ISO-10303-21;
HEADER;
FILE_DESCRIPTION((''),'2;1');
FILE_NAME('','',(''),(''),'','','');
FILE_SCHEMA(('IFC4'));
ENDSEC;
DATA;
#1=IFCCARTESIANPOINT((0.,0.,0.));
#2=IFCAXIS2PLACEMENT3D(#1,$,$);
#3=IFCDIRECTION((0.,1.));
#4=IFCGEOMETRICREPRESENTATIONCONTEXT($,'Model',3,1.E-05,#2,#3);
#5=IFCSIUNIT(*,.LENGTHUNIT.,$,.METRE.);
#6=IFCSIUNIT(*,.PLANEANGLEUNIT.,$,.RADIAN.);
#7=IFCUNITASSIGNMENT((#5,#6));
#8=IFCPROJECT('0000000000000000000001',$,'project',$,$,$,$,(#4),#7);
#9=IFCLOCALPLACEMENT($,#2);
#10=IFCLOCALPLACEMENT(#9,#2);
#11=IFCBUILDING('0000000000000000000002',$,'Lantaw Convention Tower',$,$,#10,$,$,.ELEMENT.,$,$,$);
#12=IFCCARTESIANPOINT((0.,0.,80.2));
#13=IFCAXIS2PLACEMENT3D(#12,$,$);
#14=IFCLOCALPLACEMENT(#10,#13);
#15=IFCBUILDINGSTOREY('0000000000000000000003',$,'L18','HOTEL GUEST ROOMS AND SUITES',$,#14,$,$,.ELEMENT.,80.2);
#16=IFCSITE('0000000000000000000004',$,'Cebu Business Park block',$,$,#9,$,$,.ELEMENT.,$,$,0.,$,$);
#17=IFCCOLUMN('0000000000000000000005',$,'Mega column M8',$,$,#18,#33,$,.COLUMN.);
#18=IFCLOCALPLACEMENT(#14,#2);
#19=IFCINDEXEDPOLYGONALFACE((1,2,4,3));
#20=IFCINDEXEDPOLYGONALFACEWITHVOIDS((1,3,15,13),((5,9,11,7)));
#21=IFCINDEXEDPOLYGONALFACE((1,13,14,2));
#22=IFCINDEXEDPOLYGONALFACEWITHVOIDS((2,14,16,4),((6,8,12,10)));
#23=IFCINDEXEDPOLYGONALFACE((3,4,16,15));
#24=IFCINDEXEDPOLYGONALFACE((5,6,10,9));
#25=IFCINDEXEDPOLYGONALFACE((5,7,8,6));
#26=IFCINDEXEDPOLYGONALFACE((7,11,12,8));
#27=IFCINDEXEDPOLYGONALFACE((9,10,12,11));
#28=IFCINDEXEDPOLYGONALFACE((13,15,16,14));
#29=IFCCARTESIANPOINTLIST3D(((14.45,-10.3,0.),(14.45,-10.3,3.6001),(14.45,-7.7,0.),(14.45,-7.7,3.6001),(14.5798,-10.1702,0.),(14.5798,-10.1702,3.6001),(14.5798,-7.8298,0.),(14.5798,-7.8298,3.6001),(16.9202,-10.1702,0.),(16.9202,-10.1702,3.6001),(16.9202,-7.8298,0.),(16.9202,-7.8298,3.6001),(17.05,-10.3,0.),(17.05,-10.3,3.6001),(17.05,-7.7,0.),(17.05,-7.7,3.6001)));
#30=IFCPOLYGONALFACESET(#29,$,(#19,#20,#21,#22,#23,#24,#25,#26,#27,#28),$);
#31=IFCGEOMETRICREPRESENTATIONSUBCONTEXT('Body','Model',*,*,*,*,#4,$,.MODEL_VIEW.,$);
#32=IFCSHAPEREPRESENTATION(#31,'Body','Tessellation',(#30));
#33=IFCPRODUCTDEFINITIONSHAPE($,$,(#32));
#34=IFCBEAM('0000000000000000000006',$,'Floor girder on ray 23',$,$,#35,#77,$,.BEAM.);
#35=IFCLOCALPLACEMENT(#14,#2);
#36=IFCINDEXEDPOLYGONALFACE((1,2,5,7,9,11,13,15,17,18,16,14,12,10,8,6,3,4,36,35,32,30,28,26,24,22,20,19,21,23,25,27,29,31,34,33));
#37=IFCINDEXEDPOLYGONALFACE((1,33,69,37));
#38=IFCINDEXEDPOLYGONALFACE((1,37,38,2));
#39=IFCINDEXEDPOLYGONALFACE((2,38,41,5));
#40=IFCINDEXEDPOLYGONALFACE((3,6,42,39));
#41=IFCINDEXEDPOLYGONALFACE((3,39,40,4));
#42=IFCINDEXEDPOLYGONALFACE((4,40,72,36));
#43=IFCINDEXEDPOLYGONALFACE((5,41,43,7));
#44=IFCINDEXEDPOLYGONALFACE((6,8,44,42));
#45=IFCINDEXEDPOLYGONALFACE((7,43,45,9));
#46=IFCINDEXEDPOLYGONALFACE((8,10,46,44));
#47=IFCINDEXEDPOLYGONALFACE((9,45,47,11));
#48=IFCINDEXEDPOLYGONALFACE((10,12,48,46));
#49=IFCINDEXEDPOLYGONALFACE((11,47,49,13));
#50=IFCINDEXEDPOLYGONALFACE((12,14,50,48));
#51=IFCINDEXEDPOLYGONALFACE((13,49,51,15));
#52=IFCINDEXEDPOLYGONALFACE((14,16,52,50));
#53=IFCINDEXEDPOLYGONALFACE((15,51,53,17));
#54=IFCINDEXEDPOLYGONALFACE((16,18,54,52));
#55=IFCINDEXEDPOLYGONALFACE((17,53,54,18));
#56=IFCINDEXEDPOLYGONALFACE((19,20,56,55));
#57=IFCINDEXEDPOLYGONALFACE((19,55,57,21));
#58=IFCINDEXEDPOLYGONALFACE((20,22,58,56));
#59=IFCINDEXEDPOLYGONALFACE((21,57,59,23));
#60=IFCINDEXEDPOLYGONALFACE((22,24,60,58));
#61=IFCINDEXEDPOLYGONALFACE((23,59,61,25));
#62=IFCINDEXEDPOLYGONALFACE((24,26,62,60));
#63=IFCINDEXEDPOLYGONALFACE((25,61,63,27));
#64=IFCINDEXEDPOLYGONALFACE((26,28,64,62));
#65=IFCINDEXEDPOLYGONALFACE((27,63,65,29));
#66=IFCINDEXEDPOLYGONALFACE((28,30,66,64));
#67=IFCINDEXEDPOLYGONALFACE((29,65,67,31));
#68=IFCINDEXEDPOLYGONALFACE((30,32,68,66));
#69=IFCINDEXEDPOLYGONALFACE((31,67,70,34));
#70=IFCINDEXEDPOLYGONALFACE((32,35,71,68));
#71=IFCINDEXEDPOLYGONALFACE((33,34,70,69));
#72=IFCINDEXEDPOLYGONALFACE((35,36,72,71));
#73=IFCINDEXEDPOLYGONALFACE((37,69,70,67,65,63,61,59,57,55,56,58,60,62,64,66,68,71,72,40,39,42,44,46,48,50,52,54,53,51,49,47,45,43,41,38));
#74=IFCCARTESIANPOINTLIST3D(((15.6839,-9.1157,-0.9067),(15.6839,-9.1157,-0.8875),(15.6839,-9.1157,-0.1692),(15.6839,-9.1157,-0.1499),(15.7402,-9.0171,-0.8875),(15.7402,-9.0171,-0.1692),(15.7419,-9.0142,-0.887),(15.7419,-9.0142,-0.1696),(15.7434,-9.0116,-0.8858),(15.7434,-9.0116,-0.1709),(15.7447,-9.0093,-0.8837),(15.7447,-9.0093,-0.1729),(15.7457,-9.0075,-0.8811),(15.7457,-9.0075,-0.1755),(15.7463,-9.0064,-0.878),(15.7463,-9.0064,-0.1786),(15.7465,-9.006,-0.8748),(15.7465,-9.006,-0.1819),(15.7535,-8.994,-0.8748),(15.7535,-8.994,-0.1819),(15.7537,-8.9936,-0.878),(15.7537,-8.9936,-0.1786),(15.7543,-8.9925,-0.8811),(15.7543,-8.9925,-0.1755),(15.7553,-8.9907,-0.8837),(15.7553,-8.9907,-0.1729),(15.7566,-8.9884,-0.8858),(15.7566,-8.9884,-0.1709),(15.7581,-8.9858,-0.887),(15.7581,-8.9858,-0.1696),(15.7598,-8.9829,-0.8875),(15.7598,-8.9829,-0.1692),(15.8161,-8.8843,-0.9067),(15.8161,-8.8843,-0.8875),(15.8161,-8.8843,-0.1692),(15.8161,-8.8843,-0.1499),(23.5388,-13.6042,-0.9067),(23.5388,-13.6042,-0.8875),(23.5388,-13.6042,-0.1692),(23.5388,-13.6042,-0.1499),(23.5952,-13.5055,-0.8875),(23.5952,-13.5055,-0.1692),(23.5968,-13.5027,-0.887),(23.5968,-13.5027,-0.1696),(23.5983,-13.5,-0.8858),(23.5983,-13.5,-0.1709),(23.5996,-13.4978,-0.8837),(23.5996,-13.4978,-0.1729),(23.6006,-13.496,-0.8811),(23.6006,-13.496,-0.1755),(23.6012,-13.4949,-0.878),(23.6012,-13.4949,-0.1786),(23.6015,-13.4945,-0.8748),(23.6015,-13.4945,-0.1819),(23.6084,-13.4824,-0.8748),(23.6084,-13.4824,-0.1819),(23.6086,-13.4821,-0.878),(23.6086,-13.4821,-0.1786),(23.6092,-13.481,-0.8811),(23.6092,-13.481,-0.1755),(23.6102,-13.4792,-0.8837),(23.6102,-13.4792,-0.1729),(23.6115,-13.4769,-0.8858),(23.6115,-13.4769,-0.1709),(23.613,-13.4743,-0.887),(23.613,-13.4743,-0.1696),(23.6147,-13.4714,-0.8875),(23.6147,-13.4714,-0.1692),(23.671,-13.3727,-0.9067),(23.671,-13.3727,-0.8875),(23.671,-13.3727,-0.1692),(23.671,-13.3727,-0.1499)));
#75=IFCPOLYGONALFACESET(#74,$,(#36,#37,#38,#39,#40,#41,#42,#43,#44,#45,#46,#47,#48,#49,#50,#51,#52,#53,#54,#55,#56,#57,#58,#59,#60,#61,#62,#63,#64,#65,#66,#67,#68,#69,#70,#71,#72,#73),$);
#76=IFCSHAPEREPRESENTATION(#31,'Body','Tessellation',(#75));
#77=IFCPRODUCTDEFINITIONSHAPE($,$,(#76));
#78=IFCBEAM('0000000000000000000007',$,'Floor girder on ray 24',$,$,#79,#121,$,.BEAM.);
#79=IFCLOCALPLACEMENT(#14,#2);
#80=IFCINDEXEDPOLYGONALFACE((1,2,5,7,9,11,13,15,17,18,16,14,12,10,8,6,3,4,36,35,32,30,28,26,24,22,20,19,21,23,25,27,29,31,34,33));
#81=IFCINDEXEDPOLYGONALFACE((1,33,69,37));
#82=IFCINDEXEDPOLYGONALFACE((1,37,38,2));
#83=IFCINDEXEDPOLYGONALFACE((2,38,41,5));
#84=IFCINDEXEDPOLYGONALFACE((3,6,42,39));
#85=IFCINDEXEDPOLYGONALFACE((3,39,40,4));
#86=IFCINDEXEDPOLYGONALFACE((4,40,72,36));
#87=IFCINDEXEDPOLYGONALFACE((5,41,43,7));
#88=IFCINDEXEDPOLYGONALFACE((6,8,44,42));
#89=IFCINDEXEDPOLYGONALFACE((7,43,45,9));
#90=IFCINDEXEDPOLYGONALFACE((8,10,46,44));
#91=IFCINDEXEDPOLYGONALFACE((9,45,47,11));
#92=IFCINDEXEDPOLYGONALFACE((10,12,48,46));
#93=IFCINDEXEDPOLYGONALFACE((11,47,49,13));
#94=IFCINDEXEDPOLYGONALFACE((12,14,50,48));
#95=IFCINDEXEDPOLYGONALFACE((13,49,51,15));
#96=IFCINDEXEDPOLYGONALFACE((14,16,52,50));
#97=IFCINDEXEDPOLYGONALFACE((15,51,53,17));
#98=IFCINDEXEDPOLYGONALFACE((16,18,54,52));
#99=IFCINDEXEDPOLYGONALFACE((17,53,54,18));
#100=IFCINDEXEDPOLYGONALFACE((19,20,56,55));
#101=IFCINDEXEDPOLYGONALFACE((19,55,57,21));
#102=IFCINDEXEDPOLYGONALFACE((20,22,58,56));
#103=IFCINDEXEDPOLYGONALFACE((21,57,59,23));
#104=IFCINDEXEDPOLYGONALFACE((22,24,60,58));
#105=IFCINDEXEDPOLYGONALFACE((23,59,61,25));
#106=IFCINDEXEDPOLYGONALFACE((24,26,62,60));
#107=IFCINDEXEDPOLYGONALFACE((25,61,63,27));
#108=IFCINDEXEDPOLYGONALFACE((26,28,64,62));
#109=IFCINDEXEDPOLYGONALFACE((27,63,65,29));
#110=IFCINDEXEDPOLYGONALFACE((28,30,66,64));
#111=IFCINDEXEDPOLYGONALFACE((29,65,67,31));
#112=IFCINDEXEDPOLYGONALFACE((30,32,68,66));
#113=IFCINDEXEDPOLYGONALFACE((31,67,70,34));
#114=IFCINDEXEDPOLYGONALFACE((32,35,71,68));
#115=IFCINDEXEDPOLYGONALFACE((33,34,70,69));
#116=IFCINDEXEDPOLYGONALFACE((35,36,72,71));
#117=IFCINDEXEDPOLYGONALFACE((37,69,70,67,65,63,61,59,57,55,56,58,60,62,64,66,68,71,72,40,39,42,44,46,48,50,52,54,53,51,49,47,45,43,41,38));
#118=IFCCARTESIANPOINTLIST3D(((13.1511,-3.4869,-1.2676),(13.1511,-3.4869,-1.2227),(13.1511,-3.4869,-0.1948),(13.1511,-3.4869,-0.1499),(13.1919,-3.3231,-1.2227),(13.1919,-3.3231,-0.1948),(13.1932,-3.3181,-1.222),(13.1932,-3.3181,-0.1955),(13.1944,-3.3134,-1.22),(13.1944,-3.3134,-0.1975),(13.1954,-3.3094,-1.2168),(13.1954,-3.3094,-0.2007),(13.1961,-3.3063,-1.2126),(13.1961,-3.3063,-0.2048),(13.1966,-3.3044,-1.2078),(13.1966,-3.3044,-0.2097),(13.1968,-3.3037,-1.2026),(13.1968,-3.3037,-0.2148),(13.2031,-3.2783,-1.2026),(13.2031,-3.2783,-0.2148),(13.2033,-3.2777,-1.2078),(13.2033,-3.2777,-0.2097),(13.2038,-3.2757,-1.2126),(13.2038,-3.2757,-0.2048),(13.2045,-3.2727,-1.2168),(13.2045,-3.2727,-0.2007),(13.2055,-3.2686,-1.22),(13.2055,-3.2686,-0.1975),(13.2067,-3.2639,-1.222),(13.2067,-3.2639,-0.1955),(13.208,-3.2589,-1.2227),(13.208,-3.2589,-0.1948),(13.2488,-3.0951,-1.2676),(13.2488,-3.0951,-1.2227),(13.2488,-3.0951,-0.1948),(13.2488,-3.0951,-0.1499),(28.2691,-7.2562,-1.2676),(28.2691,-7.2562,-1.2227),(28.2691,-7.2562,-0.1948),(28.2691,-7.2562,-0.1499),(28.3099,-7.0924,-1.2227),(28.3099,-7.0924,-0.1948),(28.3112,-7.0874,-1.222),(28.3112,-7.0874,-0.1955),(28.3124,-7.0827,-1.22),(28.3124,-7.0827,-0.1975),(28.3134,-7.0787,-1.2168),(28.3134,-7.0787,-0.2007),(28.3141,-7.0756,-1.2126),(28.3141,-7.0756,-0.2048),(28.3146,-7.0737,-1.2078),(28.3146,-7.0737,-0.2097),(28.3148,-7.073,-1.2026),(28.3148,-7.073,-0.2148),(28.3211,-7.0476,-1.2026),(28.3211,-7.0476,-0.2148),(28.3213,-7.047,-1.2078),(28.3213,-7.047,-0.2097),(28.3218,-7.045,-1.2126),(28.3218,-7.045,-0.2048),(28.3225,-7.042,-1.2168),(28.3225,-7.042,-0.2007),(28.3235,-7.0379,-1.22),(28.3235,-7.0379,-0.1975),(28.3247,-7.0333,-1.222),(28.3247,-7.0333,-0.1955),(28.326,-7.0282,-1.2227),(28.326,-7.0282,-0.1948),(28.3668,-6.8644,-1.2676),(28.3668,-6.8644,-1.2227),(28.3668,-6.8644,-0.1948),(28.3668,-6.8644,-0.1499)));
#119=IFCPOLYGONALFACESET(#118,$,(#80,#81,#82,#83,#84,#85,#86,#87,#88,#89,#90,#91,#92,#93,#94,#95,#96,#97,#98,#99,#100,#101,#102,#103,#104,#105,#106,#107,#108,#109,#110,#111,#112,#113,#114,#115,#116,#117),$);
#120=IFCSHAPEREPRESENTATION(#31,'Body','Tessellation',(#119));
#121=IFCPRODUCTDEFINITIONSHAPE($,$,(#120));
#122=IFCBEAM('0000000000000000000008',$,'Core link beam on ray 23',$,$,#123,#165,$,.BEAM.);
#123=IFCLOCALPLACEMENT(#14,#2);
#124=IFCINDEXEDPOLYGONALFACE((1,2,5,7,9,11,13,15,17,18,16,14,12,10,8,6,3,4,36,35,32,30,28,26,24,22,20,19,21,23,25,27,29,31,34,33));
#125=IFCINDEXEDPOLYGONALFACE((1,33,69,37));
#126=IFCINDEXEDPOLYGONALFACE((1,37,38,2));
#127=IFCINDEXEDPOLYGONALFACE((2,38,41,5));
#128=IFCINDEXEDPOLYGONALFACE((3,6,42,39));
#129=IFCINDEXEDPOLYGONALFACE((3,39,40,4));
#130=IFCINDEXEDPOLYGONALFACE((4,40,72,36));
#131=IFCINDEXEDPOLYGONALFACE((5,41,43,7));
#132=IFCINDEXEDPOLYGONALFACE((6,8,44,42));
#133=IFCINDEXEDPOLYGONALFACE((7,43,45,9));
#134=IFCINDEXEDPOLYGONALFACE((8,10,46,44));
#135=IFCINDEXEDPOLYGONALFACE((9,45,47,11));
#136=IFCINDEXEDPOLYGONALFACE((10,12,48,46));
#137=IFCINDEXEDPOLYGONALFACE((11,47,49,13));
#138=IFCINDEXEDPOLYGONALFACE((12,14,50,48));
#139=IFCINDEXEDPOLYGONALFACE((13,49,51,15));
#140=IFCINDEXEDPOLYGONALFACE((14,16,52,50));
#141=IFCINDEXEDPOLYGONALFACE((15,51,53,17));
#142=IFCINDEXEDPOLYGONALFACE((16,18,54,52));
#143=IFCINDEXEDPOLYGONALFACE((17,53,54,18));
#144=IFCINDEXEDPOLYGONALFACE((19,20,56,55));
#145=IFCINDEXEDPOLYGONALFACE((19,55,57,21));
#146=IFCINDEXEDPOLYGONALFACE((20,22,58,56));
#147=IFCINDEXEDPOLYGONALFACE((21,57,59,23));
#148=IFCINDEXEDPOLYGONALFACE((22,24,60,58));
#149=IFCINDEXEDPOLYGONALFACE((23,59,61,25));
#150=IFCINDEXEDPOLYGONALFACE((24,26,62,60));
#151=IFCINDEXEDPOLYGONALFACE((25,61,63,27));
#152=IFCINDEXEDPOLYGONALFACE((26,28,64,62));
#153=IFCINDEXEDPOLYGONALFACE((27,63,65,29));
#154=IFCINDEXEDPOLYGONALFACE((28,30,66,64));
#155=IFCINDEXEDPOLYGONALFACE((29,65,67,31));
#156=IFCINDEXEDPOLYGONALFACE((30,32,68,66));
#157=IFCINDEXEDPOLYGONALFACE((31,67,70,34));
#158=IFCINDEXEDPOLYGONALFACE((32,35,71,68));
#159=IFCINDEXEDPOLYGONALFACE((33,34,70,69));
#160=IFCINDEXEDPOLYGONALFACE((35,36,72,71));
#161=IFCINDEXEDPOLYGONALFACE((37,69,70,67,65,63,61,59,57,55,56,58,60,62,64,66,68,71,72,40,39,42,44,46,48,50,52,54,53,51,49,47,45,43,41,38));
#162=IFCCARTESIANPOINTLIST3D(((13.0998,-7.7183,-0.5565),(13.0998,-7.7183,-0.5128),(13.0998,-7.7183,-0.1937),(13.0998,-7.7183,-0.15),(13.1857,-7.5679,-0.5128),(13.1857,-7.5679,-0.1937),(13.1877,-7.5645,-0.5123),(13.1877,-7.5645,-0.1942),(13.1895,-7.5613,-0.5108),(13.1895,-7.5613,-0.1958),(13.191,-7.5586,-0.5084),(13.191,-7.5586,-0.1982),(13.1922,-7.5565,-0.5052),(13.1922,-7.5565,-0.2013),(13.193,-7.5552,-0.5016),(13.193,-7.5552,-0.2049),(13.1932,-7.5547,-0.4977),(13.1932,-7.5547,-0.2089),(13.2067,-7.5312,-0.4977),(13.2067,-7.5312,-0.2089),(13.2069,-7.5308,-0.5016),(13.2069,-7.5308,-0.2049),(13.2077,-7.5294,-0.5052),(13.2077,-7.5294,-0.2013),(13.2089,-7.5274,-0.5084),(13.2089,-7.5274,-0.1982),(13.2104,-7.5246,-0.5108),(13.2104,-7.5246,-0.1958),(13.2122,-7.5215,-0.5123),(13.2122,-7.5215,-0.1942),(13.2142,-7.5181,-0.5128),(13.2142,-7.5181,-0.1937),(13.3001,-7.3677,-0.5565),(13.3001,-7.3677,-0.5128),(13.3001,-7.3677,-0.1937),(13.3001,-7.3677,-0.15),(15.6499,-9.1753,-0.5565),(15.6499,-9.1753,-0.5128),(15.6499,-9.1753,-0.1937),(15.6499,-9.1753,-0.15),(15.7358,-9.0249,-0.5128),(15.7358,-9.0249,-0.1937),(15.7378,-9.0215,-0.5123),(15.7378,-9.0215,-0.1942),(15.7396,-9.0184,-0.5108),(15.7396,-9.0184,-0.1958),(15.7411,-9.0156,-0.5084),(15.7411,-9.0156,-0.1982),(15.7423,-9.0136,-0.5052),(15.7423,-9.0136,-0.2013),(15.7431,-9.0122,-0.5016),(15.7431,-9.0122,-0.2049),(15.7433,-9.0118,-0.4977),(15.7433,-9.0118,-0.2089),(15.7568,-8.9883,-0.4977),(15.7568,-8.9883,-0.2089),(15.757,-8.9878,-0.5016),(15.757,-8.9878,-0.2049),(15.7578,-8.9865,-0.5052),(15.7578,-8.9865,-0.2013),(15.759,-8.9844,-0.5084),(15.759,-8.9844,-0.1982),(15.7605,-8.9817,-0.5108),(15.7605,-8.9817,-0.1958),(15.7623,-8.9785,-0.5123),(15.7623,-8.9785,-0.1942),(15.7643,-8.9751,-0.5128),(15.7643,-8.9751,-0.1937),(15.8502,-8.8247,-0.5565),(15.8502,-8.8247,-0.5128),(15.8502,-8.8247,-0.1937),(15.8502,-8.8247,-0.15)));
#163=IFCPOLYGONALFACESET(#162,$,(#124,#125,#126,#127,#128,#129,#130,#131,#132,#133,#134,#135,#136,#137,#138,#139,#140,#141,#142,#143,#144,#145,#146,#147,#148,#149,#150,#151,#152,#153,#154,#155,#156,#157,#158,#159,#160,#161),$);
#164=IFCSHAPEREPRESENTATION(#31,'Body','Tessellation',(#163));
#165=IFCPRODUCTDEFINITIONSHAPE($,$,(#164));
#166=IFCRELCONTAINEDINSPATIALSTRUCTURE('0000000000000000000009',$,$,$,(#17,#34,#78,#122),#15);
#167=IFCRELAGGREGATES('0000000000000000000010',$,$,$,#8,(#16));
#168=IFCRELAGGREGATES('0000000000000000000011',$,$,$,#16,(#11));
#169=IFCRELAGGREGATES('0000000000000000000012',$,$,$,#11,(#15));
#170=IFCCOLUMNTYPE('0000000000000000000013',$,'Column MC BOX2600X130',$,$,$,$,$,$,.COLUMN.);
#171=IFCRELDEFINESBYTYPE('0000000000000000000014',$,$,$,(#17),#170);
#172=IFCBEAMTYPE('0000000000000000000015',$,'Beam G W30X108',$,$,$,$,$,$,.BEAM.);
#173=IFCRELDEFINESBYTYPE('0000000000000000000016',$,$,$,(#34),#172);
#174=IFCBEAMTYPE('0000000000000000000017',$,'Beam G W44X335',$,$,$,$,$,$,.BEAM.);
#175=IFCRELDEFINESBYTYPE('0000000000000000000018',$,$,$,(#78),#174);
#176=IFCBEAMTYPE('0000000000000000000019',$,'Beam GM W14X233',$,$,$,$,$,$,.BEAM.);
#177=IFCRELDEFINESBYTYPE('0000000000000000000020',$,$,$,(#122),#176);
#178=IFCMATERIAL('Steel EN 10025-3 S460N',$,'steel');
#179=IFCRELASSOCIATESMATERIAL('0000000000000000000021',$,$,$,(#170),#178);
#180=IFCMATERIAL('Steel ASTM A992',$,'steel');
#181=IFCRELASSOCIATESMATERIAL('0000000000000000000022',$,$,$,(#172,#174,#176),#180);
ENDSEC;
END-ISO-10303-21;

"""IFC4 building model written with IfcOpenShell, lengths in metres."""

from ifc_helpers import new_model, si_unit, direction, frame, origin, origin_2d, place, context, subcontext, project, spatial, rectangle, hollow_rectangle, i_section, extrude, material, material_profile, profile_set, type_object, element, save


model = new_model("IFC4")

# Units and contexts
model_context = context("Model", 3, precision=1e-05, world=origin(), true_north=direction((0.0, 1.0)))
body_context = subcontext(model_context, "Body", "Model", "MODEL_VIEW")
ifc_project = project(units=[si_unit("LENGTHUNIT", "METRE"), si_unit("PLANEANGLEUNIT", "RADIAN")], contexts=[model_context])

# Site, building, storey
site_placement = place(None, origin())
site = spatial("IfcSite", under=ifc_project, at=site_placement, Name="Cebu Business Park block", CompositionType="ELEMENT", RefElevation=0.0)
building_placement = place(site_placement, origin())
building = spatial("IfcBuilding", under=site, at=building_placement, Name="Lantaw Convention Tower", CompositionType="ELEMENT")
storey_placement = place(building_placement, frame((0.0, 0.0, 80.2)))
storey = spatial("IfcBuildingStorey", under=building, at=storey_placement, Name="L18", Description="HOTEL GUEST ROOMS AND SUITES", CompositionType="ELEMENT", Elevation=80.2)

# Column
ifc_material_1 = material(Name="Steel EN 10025-3 S460N", Category="steel")
ifc_material_profile_1 = material_profile(ifc_material_1, hollow_rectangle(XDim=2.6001, YDim=2.6001, WallThickness=0.1299, at=origin_2d()), Name="BOX2600X130")
ifc_material_2 = material(Name="Concrete C60/75", Category="concrete")
ifc_material_profile_2 = material_profile(ifc_material_2, rectangle(XDim=2.3401, YDim=2.3401, at=origin_2d()), Name="Concrete fill of BOX2600X130")
ifc_profile_set_1 = profile_set([ifc_material_profile_1, ifc_material_profile_2], Name="Steel EN 10025-3 S460N")
column_type = type_object("IfcColumnType", Name="Column MC BOX2600X130", PredefinedType="COLUMN", material=ifc_profile_set_1)
column_placement = place(storey_placement, frame((15.75, -9.0, 0.0), z_axis=(0.0, 0.0, 1.0), x_axis=(1.0, 0.0, 0.0)))
element("IfcColumn", 1, at=column_placement, inside=storey, type_object=column_type, Name="Mega column M8", PredefinedType="COLUMN", context=body_context, shape_type="SweptSolid", body=[
    extrude(hollow_rectangle(XDim=2.6001, YDim=2.6001, WallThickness=0.1299, at=origin_2d()), origin(), (0.0, 0.0, 1.0), 3.6001),
])

# Beams
ifc_material_3 = material(Name="Steel ASTM A992", Category="steel")
ifc_material_profile_3 = material_profile(ifc_material_3, i_section(OverallWidth=0.2666, OverallDepth=0.7568, WebThickness=0.0139, FlangeThickness=0.0193, FilletRadius=0.0127, at=origin_2d()), Name="W30X108")
ifc_profile_set_2 = profile_set([ifc_material_profile_3], Name="Steel ASTM A992")
beam_type_1 = type_object("IfcBeamType", Name="Beam G W30X108", PredefinedType="BEAM", material=ifc_profile_set_2)
beam_1_placement = place(storey_placement, frame((15.75, -9.0, -0.5283), z_axis=(0.868245, -0.496136, 0.0), x_axis=(0.496136, 0.868245, 0.0)))
element("IfcBeam", 2, at=beam_1_placement, inside=storey, type_object=beam_type_1, Name="Floor girder on ray 23", PredefinedType="BEAM", context=body_context, shape_type="SweptSolid", body=[
    extrude(i_section(OverallWidth=0.2666, OverallDepth=0.7568, WebThickness=0.0139, FlangeThickness=0.0193, FilletRadius=0.0127, at=origin_2d()), origin(), (0.0, 0.0, 1.0), 9.0469),
])
ifc_material_profile_4 = material_profile(ifc_material_3, i_section(OverallWidth=0.4038, OverallDepth=1.1177, WebThickness=0.0261, FlangeThickness=0.0449, FilletRadius=0.02, at=origin_2d()), Name="W44X335")
ifc_profile_set_3 = profile_set([ifc_material_profile_4], Name="Steel ASTM A992")
beam_type_2 = type_object("IfcBeamType", Name="Beam G W44X335", PredefinedType="BEAM", material=ifc_profile_set_3)
beam_2_placement = place(storey_placement, frame((13.2, -3.291, -0.7087), z_axis=(0.970296, -0.24192, 0.0), x_axis=(0.24192, 0.970296, 0.0)))
element("IfcBeam", 3, at=beam_2_placement, inside=storey, type_object=beam_type_2, Name="Floor girder on ray 24", PredefinedType="BEAM", context=body_context, shape_type="SweptSolid", body=[
    extrude(i_section(OverallWidth=0.4038, OverallDepth=1.1177, WebThickness=0.0261, FlangeThickness=0.0449, FilletRadius=0.02, at=origin_2d()), origin(), (0.0, 0.0, 1.0), 15.5808),
])
ifc_material_profile_5 = material_profile(ifc_material_3, i_section(OverallWidth=0.4038, OverallDepth=0.4065, WebThickness=0.0271, FlangeThickness=0.0437, FilletRadius=0.0151, at=origin_2d()), Name="W14X233")
ifc_profile_set_4 = profile_set([ifc_material_profile_5], Name="Steel ASTM A992")
beam_type_3 = type_object("IfcBeamType", Name="Beam GM W14X233", PredefinedType="BEAM", material=ifc_profile_set_4)
beam_3_placement = place(storey_placement, frame((13.2, -7.543, -0.3533), z_axis=(0.868264, -0.496103, 0.0), x_axis=(0.496103, 0.868264, 0.0)))
element("IfcBeam", 4, at=beam_3_placement, inside=storey, type_object=beam_type_3, Name="Core link beam on ray 23", PredefinedType="BEAM", context=body_context, shape_type="SweptSolid", body=[
    extrude(i_section(OverallWidth=0.4038, OverallDepth=0.4065, WebThickness=0.0271, FlangeThickness=0.0437, FilletRadius=0.0151, at=origin_2d()), origin(), (0.0, 0.0, 1.0), 2.937),
])

save(model, "model.ifc")
